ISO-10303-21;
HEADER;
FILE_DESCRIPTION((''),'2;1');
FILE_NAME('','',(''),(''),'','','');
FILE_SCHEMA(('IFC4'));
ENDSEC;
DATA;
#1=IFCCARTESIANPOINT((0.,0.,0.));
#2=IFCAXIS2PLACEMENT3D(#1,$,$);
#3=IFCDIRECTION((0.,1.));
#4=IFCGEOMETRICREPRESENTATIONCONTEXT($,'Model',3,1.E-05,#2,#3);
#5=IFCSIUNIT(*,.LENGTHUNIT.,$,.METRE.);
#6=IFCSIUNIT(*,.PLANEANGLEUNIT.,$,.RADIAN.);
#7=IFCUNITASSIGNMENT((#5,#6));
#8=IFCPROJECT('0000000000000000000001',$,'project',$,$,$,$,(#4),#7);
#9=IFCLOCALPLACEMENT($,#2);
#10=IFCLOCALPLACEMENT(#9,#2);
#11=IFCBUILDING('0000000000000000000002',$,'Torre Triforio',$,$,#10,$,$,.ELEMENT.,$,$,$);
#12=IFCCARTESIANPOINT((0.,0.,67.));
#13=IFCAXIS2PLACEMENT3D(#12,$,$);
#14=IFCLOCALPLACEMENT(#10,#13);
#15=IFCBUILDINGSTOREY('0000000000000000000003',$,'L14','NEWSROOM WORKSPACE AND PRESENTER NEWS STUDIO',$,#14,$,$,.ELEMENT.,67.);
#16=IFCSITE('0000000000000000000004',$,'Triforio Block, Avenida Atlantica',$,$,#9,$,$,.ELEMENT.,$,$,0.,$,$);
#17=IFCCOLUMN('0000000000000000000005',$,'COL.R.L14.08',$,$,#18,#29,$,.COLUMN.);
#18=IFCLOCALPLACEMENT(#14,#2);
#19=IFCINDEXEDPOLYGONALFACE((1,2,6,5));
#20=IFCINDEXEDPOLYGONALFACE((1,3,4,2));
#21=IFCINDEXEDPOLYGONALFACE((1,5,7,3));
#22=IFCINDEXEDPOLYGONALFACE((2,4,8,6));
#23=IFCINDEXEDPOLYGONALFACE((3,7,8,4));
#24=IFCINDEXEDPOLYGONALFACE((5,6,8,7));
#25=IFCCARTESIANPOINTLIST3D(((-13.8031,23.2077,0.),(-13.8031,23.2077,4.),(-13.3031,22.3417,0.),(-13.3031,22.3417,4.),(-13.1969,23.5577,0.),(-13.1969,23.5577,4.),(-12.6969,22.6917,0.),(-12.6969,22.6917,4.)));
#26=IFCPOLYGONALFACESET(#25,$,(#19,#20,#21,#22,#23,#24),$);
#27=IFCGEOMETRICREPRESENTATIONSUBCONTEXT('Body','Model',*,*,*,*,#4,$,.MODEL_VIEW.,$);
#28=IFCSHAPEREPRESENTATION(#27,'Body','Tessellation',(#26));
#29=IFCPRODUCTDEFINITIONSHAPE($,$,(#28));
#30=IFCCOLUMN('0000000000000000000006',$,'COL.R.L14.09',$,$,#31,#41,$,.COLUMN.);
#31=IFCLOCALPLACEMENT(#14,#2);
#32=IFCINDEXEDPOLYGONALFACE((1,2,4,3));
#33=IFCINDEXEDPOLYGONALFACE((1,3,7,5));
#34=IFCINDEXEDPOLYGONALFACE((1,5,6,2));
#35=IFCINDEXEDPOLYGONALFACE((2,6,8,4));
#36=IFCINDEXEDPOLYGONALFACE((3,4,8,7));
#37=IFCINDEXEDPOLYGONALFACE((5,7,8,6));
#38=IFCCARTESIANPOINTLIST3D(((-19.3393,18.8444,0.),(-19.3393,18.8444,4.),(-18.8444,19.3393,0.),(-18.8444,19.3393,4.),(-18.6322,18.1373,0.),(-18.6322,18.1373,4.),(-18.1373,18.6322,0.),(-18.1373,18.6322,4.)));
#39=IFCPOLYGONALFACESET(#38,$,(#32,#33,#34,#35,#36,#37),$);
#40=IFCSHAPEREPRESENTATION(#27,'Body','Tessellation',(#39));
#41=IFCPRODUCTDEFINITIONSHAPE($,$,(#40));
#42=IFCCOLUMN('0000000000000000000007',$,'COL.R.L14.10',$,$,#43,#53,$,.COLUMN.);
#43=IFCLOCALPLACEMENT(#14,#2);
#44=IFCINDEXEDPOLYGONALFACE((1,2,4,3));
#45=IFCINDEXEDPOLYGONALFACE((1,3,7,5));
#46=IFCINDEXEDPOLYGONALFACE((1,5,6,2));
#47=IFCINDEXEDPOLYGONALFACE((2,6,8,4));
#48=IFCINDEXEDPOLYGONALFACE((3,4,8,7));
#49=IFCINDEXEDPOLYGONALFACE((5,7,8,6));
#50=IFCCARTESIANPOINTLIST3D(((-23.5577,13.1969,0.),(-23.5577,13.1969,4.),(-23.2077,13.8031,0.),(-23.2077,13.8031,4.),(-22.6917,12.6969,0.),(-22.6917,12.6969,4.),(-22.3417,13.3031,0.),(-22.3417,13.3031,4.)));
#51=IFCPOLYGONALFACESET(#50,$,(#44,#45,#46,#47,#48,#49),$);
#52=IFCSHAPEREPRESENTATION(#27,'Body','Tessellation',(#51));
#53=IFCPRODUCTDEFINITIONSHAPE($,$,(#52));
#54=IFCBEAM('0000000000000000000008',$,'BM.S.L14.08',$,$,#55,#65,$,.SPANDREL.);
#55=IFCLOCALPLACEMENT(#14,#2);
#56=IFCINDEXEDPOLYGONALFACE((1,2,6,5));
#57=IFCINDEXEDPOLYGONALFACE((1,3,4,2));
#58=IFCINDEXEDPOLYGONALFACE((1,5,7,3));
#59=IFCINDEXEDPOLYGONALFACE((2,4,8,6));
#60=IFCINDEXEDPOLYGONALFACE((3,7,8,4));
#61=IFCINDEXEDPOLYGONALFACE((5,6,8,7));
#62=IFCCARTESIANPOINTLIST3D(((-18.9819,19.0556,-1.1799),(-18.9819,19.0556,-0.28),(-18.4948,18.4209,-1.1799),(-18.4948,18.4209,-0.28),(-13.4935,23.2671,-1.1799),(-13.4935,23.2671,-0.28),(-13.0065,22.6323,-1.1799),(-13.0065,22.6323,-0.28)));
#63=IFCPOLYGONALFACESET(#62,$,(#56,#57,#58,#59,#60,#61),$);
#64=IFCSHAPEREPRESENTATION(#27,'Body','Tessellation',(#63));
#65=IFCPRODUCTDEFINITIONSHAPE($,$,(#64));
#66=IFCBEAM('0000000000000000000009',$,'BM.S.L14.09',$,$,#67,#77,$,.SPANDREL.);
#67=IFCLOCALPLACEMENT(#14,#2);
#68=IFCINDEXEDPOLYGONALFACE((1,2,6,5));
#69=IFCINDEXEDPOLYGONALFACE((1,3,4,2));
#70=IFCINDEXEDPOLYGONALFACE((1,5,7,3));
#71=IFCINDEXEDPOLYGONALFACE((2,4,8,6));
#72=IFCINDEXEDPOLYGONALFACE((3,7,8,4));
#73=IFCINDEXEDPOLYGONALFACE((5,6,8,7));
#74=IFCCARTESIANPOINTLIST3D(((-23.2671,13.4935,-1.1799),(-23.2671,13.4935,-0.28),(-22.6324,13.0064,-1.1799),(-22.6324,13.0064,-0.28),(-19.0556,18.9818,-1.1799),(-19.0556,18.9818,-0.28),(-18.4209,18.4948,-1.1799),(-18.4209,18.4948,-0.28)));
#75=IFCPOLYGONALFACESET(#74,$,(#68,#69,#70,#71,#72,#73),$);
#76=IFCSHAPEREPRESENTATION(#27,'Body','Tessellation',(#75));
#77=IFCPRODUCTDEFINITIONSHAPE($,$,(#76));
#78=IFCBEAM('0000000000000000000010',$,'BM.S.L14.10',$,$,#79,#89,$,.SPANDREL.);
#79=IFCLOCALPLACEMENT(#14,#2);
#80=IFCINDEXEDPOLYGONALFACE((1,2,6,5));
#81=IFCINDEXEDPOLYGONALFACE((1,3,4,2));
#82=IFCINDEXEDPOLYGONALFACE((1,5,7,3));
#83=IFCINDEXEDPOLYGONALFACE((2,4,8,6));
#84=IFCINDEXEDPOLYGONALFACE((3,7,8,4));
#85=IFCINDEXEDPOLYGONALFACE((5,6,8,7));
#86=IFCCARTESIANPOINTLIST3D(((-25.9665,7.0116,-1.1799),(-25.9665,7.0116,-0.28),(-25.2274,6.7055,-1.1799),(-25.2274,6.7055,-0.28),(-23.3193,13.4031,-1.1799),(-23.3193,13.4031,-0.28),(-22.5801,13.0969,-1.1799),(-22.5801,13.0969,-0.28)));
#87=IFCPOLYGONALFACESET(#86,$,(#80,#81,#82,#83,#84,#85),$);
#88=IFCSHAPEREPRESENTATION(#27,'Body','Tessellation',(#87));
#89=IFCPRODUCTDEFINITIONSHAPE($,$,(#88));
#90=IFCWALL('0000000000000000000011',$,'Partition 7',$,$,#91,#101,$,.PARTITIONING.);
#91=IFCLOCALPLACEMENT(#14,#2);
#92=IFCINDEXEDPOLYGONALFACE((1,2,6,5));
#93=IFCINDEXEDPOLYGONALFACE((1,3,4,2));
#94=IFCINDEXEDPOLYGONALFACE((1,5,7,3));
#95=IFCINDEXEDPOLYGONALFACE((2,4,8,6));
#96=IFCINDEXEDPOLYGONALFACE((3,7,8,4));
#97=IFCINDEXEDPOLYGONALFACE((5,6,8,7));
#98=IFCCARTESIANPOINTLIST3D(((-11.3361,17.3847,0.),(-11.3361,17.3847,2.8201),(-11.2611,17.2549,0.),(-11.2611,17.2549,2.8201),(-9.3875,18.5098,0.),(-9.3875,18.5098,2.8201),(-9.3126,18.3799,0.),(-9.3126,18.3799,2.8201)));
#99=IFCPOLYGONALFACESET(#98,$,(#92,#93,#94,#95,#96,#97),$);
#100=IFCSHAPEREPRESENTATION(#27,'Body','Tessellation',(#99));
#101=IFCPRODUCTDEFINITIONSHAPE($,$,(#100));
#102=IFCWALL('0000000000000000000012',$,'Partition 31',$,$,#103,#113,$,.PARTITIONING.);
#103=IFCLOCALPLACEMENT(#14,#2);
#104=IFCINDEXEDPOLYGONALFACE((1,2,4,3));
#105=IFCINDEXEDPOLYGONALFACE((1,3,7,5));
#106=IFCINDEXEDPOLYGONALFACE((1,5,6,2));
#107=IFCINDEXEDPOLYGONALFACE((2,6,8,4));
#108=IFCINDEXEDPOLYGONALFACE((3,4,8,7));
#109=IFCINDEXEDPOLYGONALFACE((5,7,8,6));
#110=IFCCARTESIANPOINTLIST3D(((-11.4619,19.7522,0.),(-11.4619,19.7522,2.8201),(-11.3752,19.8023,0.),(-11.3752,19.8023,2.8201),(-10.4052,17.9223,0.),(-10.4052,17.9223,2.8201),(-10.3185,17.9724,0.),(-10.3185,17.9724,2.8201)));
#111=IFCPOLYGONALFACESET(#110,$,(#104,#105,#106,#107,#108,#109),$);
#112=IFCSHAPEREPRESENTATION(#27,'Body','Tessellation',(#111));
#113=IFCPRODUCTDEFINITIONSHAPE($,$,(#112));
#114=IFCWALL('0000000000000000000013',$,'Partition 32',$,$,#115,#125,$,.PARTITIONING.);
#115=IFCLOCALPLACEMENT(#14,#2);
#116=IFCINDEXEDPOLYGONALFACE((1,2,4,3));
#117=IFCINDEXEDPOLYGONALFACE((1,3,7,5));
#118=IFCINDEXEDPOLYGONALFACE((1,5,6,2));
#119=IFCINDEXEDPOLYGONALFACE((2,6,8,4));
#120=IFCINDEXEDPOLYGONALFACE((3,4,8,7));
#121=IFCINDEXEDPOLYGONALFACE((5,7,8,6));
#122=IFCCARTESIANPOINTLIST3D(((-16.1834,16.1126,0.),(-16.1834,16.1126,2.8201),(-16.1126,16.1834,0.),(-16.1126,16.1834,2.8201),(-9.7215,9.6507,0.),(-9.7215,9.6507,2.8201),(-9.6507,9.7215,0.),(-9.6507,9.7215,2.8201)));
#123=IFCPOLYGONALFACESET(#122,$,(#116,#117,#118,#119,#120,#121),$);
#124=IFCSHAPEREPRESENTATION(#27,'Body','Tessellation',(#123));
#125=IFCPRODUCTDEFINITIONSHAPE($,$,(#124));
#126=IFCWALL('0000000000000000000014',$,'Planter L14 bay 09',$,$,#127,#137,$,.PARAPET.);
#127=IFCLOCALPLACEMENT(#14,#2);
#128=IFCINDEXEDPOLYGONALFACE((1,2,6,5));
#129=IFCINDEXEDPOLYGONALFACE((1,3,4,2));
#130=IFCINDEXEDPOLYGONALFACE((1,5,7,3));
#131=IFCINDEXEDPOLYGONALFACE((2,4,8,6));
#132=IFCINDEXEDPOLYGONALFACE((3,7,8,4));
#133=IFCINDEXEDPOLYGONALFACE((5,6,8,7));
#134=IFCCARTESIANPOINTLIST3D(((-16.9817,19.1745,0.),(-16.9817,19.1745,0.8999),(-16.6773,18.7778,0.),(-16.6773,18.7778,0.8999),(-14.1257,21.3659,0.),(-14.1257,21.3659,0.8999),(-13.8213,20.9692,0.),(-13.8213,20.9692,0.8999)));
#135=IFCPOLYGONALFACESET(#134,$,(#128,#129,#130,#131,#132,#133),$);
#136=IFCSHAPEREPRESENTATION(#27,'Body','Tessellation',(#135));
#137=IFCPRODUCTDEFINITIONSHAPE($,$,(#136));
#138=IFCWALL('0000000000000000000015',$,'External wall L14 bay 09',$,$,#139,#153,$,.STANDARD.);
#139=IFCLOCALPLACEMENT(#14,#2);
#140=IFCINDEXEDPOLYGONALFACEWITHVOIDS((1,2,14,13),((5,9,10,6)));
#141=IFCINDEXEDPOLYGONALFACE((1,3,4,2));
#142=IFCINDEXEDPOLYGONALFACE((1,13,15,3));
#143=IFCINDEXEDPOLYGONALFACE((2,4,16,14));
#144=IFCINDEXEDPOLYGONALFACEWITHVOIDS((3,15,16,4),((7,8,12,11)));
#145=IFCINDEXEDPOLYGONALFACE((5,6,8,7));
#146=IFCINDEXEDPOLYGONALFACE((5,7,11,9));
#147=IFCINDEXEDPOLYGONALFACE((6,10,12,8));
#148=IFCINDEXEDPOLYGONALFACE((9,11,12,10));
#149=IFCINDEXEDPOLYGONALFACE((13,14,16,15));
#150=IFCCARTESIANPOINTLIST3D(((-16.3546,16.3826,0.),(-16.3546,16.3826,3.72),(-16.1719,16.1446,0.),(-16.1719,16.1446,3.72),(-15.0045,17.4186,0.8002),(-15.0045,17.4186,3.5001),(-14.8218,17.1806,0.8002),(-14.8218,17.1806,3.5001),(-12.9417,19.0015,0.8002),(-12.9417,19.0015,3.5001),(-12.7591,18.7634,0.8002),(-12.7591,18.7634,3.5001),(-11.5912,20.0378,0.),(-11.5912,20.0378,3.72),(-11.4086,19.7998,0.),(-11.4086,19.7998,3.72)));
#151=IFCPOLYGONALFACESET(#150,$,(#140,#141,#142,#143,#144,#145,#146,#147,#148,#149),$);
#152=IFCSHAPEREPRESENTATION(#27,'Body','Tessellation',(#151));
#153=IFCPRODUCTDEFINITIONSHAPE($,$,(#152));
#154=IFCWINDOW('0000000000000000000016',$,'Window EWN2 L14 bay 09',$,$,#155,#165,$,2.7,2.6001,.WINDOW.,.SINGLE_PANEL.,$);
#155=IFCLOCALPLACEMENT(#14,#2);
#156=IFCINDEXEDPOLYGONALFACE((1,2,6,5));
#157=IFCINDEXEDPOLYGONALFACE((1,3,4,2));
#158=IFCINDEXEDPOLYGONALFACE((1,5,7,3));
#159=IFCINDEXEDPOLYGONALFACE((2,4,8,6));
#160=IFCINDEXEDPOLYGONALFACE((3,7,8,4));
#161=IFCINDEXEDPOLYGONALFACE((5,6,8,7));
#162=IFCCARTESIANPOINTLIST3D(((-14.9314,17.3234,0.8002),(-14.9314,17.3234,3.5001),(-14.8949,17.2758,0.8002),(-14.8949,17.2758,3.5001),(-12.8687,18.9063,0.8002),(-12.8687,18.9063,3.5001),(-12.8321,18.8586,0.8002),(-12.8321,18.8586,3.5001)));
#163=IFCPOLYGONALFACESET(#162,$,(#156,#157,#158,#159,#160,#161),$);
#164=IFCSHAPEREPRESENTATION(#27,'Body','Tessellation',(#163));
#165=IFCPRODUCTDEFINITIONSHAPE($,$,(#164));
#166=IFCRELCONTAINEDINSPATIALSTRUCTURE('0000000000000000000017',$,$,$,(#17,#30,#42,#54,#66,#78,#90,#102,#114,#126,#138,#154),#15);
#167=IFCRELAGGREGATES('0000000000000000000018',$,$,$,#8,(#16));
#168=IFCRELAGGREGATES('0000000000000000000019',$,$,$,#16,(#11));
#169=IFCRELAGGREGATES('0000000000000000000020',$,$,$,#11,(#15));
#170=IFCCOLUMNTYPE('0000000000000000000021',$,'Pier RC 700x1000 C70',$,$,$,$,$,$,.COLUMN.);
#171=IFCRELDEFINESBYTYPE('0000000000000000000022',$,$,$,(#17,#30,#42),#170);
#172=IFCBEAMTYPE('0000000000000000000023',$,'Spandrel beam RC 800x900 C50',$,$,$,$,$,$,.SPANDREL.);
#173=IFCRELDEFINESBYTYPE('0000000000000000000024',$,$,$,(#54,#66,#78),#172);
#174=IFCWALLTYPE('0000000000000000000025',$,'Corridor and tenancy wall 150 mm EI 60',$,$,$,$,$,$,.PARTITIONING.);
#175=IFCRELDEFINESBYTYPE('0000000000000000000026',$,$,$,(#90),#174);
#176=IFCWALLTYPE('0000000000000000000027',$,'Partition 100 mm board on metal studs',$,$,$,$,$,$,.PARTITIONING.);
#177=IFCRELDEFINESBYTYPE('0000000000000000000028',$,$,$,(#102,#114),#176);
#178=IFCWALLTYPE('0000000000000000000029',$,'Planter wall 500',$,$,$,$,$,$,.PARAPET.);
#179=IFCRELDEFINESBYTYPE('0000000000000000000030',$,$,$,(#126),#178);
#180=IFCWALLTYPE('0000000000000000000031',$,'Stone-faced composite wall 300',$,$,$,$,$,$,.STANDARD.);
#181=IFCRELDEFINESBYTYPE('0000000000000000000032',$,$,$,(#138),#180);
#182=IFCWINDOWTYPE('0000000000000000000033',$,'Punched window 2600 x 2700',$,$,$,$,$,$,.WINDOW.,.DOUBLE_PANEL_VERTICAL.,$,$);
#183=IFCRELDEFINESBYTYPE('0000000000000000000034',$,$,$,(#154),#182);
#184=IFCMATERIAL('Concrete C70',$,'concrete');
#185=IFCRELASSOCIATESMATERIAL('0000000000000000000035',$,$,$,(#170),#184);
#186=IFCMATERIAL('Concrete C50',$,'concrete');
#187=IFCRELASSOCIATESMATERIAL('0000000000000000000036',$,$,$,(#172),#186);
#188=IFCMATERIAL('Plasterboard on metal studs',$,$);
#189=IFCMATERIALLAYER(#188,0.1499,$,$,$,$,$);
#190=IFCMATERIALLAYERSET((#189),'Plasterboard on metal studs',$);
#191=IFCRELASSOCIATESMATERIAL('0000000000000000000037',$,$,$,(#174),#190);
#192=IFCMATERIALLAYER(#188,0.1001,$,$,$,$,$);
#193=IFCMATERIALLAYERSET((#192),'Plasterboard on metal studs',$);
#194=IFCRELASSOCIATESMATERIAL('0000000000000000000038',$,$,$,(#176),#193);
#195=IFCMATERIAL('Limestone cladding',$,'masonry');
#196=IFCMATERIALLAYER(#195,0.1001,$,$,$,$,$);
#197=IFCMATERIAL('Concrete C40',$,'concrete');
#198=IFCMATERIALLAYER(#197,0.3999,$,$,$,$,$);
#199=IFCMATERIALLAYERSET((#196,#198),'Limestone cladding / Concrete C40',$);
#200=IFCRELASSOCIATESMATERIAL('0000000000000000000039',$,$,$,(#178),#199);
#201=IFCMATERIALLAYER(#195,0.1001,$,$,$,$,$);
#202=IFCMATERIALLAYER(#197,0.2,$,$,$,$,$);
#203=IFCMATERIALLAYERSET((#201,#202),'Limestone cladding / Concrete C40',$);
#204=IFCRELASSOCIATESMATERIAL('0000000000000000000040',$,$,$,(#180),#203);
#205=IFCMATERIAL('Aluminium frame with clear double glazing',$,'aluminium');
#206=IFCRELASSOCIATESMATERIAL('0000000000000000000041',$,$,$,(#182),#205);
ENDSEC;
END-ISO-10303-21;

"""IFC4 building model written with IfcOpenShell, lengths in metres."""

from ifc_helpers import new_model, si_unit, direction, frame, frame_2d, origin, origin_2d, place, context, subcontext, project, spatial, rectangle, extrude, material, layer, layer_set, material_profile, profile_set, type_object, element, fill, save


model = new_model("IFC4")

# Units and contexts
model_context = context("Model", 3, precision=1e-05, world=origin(), true_north=direction((0.0, 1.0)))
body_context = subcontext(model_context, "Body", "Model", "MODEL_VIEW")
ifc_project = project(units=[si_unit("LENGTHUNIT", "METRE"), si_unit("PLANEANGLEUNIT", "RADIAN")], contexts=[model_context])

# Site, building, storey
site_placement = place(None, origin())
site = spatial("IfcSite", under=ifc_project, at=site_placement, Name="Triforio Block, Avenida Atlantica", CompositionType="ELEMENT", RefElevation=0.0)
building_placement = place(site_placement, origin())
building = spatial("IfcBuilding", under=site, at=building_placement, Name="Torre Triforio", CompositionType="ELEMENT")
storey_placement = place(building_placement, frame((0.0, 0.0, 67.0)))
storey = spatial("IfcBuildingStorey", under=building, at=storey_placement, Name="L14", Description="NEWSROOM WORKSPACE AND PRESENTER NEWS STUDIO", CompositionType="ELEMENT", Elevation=67.0)

# Columns
ifc_material_1 = material(Name="Concrete C70", Category="concrete")
ifc_material_profile_1 = material_profile(ifc_material_1, rectangle(XDim=0.7, YDim=1.0, at=origin_2d()), Name="RC 700x1000")
ifc_profile_set_1 = profile_set([ifc_material_profile_1], Name="Concrete C70")
column_type = type_object("IfcColumnType", Name="Pier RC 700x1000 C70", PredefinedType="COLUMN", material=ifc_profile_set_1)
for number, where, z_axis, x_axis, name in (
    (1, (-13.25, 22.9497, 0.0), (0.0, 0.0, 1.0), (-0.866025, -0.5, 0.0), "COL.R.L14.08"),
    (2, (-18.7383, 18.7383, 0.0), (0.0, 0.0, 1.0), (-0.707107, -0.707107, 0.0), "COL.R.L14.09"),
    (3, (-22.9497, 13.25, 0.0), (0.0, 0.0, 1.0), (-0.5, -0.866025, 0.0), "COL.R.L14.10"),
):
    element("IfcColumn", number, at=place(storey_placement, frame(where, z_axis=z_axis, x_axis=x_axis)), inside=storey, type_object=column_type, Name=name, PredefinedType="COLUMN", context=body_context, shape_type="SweptSolid", body=[
        extrude(rectangle(XDim=0.7, YDim=1.0, at=origin_2d()), origin(), (0.0, 0.0, 1.0), 4.0),
    ])

# Beams
ifc_material_2 = material(Name="Concrete C50", Category="concrete")
ifc_material_profile_2 = material_profile(ifc_material_2, rectangle(XDim=0.8, YDim=0.8999, at=origin_2d()), Name="RC 800x900")
ifc_profile_set_2 = profile_set([ifc_material_profile_2], Name="Concrete C50")
beam_type = type_object("IfcBeamType", Name="Spandrel beam RC 800x900 C50", PredefinedType="SPANDREL", material=ifc_profile_set_2)
for number, where, z_axis, x_axis, name in (
    (4, (-13.25, 22.9497, -0.73), (-0.793345, -0.608772, 0.0), (0.608772, -0.793345, 0.0), "BM.S.L14.08"),
    (5, (-18.7383, 18.7383, -0.73), (-0.608772, -0.793345, 0.0), (0.793345, -0.608772, 0.0), "BM.S.L14.09"),
    (6, (-22.9497, 13.25, -0.73), (-0.382662, -0.923888, 0.0), (0.923888, -0.382662, 0.0), "BM.S.L14.10"),
):
    element("IfcBeam", number, at=place(storey_placement, frame(where, z_axis=z_axis, x_axis=x_axis)), inside=storey, type_object=beam_type, Name=name, PredefinedType="SPANDREL", context=body_context, shape_type="SweptSolid", body=[
        extrude(rectangle(XDim=0.8, YDim=0.8999, at=origin_2d()), origin(), (0.0, 0.0, 1.0), 6.918),
    ])

# Walls
ifc_material_3 = material(Name="Plasterboard on metal studs")
ifc_layer_1 = layer(ifc_material_3, 0.1499)
ifc_layer_set_1 = layer_set([ifc_layer_1], Name="Plasterboard on metal studs")
wall_type_1 = type_object("IfcWallType", Name="Corridor and tenancy wall 150 mm EI 60", PredefinedType="PARTITIONING", material=ifc_layer_set_1)
wall_1_placement = place(storey_placement, frame((-11.2986, 17.3198, 0.0), z_axis=(0.0, 0.0, 1.0), x_axis=(0.866018, 0.500014, 0.0)))
element("IfcWall", 7, at=wall_1_placement, inside=storey, type_object=wall_type_1, Name="Partition 7", PredefinedType="PARTITIONING", context=body_context, shape_type="SweptSolid", body=[
    extrude(rectangle(XDim=2.25, YDim=0.1499, at=frame_2d((1.125, 0.0))), origin(), (0.0, 0.0, 1.0), 2.8201),
])
ifc_layer_2 = layer(ifc_material_3, 0.1001)
ifc_layer_set_2 = layer_set([ifc_layer_2], Name="Plasterboard on metal studs")
wall_type_2 = type_object("IfcWallType", Name="Partition 100 mm board on metal studs", PredefinedType="PARTITIONING", material=ifc_layer_set_2)
wall_2_placement = place(storey_placement, frame((-10.3618, 17.9473, 0.0), z_axis=(0.0, 0.0, 1.0), x_axis=(-0.500066, 0.865987, 0.0)))
element("IfcWall", 8, at=wall_2_placement, inside=storey, type_object=wall_type_2, Name="Partition 31", PredefinedType="PARTITIONING", context=body_context, shape_type="SweptSolid", body=[
    extrude(rectangle(XDim=2.113, YDim=0.1001, at=frame_2d((1.0566, 0.0))), origin(), (0.0, 0.0, 1.0), 2.8201),
])
wall_3_placement = place(storey_placement, frame((-9.686, 9.686, 0.0), z_axis=(0.0, 0.0, 1.0), x_axis=(-0.707107, 0.707107, 0.0)))
element("IfcWall", 9, at=wall_3_placement, inside=storey, type_object=wall_type_2, Name="Partition 32", PredefinedType="PARTITIONING", context=body_context, shape_type="SweptSolid", body=[
    extrude(rectangle(XDim=9.1384, YDim=0.1001, at=frame_2d((4.5693, 0.0))), origin(), (0.0, 0.0, 1.0), 2.8201),
])
ifc_material_4 = material(Name="Limestone cladding", Category="masonry")
ifc_layer_3 = layer(ifc_material_4, 0.1001)
ifc_material_5 = material(Name="Concrete C40", Category="concrete")
ifc_layer_4 = layer(ifc_material_5, 0.3999)
ifc_layer_set_3 = layer_set([ifc_layer_3, ifc_layer_4], Name="Limestone cladding / Concrete C40")
wall_type_3 = type_object("IfcWallType", Name="Planter wall 500", PredefinedType="PARAPET", material=ifc_layer_set_3)
wall_4_placement = place(storey_placement, frame((-13.9736, 21.1675, 0.0), z_axis=(0.0, 0.0, 1.0), x_axis=(-0.79336, -0.608753, 0.0)))
element("IfcWall", 10, at=wall_4_placement, inside=storey, type_object=wall_type_3, Name="Planter L14 bay 09", PredefinedType="PARAPET", context=body_context, shape_type="SweptSolid", body=[
    extrude(rectangle(XDim=3.5999, YDim=0.5, at=frame_2d((1.7998, 0.0))), origin(), (0.0, 0.0, 1.0), 0.8999),
])

# Wall, opening, window
ifc_layer_5 = layer(ifc_material_4, 0.1001)
ifc_layer_6 = layer(ifc_material_5, 0.2)
ifc_layer_set_4 = layer_set([ifc_layer_5, ifc_layer_6], Name="Limestone cladding / Concrete C40")
wall_type_4 = type_object("IfcWallType", Name="Stone-faced composite wall 300", PredefinedType="STANDARD", material=ifc_layer_set_4)
wall_5_placement = place(storey_placement, frame((-11.5, 19.9187, 0.0), z_axis=(0.0, 0.0, 1.0), x_axis=(-0.79334, -0.608779, 0.0)))
wall_5 = element("IfcWall", 11, at=wall_5_placement, inside=storey, type_object=wall_type_4, Name="External wall L14 bay 09", PredefinedType="STANDARD", context=body_context, shape_type="SweptSolid", body=[
    extrude(rectangle(XDim=6.0042, YDim=0.3, at=frame_2d((3.002, 0.0))), origin(), (0.0, 0.0, 1.0), 3.72),
])
opening_1_placement = place(wall_5_placement, frame((1.7021, 0.0, 0.8)))
opening_1 = element("IfcOpeningElement", 12, at=opening_1_placement, cuts=wall_5, PredefinedType="OPENING", context=body_context, shape_type="SweptSolid", body=[
    extrude(rectangle(XDim=2.6001, YDim=2.7, at=frame_2d((1.3, 1.3501))), frame((0.0, 0.1599, 0.0), z_axis=(0.0, -1.0, 0.0), x_axis=(1.0, 0.0, 0.0)), (0.0, 0.0, 1.0), 0.3201),
])
ifc_material_6 = material(Name="Aluminium frame with clear double glazing", Category="aluminium")
window_type_1 = type_object("IfcWindowType", Name="Punched window 2600 x 2700", PartitioningType="DOUBLE_PANEL_VERTICAL", PredefinedType="WINDOW", material=ifc_material_6)
window_1_placement = place(opening_1_placement, origin())
window_1 = element("IfcWindow", 13, at=window_1_placement, inside=storey, type_object=window_type_1, Name="Window EWN2 L14 bay 09", OverallHeight=2.7, OverallWidth=2.6001, PartitioningType="SINGLE_PANEL", PredefinedType="WINDOW", context=body_context, shape_type="SweptSolid", body=[
    extrude(rectangle(XDim=2.6001, YDim=2.7, at=frame_2d((1.3, 1.3501))), frame((0.0, 0.03, 0.0), z_axis=(0.0, -1.0, 0.0), x_axis=(1.0, 0.0, 0.0)), (0.0, 0.0, 1.0), 0.0601),
])
fill(opening_1, window_1)

save(model, "model.ifc")
